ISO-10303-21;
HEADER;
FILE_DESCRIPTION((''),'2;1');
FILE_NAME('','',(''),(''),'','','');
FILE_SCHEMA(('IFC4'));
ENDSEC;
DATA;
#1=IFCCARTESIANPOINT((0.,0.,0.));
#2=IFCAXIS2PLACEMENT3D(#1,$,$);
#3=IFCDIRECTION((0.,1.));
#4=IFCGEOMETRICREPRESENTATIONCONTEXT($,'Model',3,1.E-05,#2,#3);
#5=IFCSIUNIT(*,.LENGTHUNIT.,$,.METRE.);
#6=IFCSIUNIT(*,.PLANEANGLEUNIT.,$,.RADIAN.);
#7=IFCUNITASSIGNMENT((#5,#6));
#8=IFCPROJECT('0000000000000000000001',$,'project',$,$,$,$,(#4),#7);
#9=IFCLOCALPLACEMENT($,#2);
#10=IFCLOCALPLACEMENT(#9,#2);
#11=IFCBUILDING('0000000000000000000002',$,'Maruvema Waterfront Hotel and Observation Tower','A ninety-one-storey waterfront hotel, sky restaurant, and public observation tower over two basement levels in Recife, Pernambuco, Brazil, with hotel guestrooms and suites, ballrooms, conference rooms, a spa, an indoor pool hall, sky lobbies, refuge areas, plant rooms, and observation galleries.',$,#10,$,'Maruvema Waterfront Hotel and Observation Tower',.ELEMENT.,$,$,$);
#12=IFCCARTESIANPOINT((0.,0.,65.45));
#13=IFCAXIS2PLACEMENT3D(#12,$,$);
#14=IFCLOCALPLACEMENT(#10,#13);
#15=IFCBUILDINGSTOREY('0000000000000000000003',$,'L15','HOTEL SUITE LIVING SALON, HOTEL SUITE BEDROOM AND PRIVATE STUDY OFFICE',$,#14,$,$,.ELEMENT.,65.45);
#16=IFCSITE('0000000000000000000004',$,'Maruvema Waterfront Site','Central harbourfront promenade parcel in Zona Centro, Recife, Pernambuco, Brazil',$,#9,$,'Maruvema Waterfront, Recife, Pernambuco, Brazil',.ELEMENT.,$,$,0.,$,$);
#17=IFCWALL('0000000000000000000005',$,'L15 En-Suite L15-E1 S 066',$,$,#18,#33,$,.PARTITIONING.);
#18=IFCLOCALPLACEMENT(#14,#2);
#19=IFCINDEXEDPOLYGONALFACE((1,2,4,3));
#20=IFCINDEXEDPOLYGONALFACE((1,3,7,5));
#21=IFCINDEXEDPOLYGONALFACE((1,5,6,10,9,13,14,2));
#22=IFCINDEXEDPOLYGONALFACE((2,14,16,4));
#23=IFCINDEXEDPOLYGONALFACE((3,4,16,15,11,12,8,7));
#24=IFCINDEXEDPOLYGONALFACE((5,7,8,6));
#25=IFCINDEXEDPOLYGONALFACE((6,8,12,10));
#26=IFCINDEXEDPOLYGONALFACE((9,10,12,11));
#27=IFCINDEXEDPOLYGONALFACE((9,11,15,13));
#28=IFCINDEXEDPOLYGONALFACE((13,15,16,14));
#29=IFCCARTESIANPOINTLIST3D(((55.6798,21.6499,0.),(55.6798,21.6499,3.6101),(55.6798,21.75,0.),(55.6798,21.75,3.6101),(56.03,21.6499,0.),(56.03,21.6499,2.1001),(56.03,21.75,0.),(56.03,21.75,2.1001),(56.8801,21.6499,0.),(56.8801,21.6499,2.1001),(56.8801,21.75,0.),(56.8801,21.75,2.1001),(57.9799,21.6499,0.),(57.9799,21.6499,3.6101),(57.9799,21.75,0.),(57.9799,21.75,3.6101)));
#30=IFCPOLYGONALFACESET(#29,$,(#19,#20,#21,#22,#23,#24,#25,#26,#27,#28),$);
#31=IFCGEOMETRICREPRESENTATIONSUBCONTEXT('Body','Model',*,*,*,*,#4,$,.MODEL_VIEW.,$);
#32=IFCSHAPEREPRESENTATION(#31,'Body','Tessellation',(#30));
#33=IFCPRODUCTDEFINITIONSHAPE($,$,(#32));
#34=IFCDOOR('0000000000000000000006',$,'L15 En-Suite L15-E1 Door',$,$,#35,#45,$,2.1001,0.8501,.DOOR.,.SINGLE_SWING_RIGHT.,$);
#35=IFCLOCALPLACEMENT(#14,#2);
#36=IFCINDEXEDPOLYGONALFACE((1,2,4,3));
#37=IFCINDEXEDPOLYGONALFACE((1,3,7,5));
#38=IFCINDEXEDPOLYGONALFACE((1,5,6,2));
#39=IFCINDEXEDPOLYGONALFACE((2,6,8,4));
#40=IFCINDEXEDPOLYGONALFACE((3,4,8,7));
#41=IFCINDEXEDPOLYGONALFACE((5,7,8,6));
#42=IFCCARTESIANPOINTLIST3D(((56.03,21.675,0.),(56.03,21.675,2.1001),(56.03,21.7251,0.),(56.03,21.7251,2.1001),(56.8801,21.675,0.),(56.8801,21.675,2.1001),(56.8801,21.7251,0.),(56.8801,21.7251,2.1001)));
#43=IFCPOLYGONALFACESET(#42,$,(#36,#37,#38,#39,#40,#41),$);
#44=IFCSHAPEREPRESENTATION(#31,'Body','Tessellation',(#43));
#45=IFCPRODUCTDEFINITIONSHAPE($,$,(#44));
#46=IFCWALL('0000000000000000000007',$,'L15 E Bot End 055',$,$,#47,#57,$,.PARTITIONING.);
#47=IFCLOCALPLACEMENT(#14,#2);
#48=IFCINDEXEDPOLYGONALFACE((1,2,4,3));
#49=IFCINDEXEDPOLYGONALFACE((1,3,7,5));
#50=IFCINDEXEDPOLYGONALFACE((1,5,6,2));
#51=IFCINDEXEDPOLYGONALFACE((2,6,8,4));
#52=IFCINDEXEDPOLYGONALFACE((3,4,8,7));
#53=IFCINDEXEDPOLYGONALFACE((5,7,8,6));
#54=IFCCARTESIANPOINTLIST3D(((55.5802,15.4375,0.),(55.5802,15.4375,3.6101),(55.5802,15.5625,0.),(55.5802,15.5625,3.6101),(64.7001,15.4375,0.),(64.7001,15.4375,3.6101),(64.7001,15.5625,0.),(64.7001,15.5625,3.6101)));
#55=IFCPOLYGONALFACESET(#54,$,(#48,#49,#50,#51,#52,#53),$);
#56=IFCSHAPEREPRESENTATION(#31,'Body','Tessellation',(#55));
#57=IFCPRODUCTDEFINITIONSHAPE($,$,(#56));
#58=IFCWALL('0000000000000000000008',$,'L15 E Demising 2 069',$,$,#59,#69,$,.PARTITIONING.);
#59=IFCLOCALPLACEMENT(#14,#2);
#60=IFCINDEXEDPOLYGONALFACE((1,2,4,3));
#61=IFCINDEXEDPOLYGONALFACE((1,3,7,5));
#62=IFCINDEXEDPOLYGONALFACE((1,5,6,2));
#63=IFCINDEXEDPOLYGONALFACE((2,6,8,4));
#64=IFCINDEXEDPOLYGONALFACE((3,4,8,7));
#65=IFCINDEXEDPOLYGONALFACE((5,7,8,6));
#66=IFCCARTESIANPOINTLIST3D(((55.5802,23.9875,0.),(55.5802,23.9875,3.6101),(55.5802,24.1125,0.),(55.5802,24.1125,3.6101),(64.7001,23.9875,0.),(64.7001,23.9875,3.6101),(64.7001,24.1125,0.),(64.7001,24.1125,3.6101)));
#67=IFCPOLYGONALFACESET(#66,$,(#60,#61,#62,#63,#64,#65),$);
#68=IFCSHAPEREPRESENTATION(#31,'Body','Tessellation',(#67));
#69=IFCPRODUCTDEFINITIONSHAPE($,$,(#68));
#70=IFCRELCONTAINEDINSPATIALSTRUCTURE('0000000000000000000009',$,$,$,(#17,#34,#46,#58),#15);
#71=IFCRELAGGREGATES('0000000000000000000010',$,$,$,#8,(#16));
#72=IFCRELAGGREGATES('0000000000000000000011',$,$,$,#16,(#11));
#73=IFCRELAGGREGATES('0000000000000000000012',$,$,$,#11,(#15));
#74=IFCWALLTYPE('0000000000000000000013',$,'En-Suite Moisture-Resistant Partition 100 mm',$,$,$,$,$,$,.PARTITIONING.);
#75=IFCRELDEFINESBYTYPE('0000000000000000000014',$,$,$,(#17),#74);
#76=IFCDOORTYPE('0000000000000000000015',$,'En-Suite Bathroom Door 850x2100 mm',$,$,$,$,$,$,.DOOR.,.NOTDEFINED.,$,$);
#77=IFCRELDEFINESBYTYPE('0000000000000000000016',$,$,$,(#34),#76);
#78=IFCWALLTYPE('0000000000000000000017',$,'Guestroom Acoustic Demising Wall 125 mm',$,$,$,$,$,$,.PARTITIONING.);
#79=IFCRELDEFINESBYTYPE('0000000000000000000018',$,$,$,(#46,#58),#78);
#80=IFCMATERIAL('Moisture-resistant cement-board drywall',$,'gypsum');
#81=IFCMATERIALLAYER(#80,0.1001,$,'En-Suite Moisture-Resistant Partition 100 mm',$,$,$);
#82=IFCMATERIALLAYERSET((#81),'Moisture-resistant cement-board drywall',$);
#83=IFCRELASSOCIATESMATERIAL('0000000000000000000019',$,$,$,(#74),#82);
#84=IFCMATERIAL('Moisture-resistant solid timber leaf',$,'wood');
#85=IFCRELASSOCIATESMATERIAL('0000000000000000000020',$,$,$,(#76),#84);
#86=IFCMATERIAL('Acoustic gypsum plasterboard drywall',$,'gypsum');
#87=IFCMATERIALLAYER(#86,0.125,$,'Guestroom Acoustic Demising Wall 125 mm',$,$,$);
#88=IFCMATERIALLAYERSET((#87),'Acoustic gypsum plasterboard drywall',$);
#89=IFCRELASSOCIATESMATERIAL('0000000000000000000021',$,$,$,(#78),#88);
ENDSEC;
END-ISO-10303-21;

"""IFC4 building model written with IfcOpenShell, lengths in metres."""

from ifc_helpers import new_model, si_unit, direction, frame, frame_2d, origin, place, context, subcontext, project, spatial, rectangle, extrude, material, layer, layer_set, type_object, element, fill, save


model = new_model("IFC4")

# Units and contexts
model_context = context("Model", 3, precision=1e-05, world=origin(), true_north=direction((0.0, 1.0)))
body_context = subcontext(model_context, "Body", "Model", "MODEL_VIEW")
ifc_project = project(units=[si_unit("LENGTHUNIT", "METRE"), si_unit("PLANEANGLEUNIT", "RADIAN")], contexts=[model_context])

# Site, building, storey
site_placement = place(None, origin())
site = spatial("IfcSite", under=ifc_project, at=site_placement, Name="Maruvema Waterfront Site", Description="Central harbourfront promenade parcel in Zona Centro, Recife, Pernambuco, Brazil", LongName="Maruvema Waterfront, Recife, Pernambuco, Brazil", CompositionType="ELEMENT", RefElevation=0.0)
building_placement = place(site_placement, origin())
building = spatial("IfcBuilding", under=site, at=building_placement, Name="Maruvema Waterfront Hotel and Observation Tower", Description="A ninety-one-storey waterfront hotel, sky restaurant, and public observation tower over two basement levels in Recife, Pernambuco, Brazil, with hotel guestrooms and suites, ballrooms, conference rooms, a spa, an indoor pool hall, sky lobbies, refuge areas, plant rooms, and observation galleries.", LongName="Maruvema Waterfront Hotel and Observation Tower", CompositionType="ELEMENT")
storey_placement = place(building_placement, frame((0.0, 0.0, 65.45)))
storey = spatial("IfcBuildingStorey", under=building, at=storey_placement, Name="L15", Description="HOTEL SUITE LIVING SALON, HOTEL SUITE BEDROOM AND PRIVATE STUDY OFFICE", CompositionType="ELEMENT", Elevation=65.45)

# Shared definitions
ifc_material_1 = material(Name="Moisture-resistant cement-board drywall", Category="gypsum")
ifc_layer_1 = layer(ifc_material_1, 0.1001, Name="En-Suite Moisture-Resistant Partition 100 mm")
ifc_layer_set_1 = layer_set([ifc_layer_1], Name="Moisture-resistant cement-board drywall")
wall_type_1 = type_object("IfcWallType", Name="En-Suite Moisture-Resistant Partition 100 mm", PredefinedType="PARTITIONING", material=ifc_layer_set_1)

# Wall, opening, door
wall_1_placement = place(storey_placement, frame((55.6799, 21.7, 0.0), z_axis=(0.0, 0.0, 1.0), x_axis=(1.0, 0.0, 0.0)))
wall_1 = element("IfcWall", 1, at=wall_1_placement, inside=storey, type_object=wall_type_1, Name="L15 En-Suite L15-E1 S 066", PredefinedType="PARTITIONING", context=body_context, shape_type="SweptSolid", body=[
    extrude(rectangle(XDim=2.3, YDim=0.1001, at=frame_2d((1.1499, 0.0))), origin(), (0.0, 0.0, 1.0), 3.6101),
])
opening_1_placement = place(wall_1_placement, frame((0.3501, 0.0, 0.0)))
opening_1 = element("IfcOpeningElement", 2, at=opening_1_placement, cuts=wall_1, PredefinedType="OPENING", context=body_context, shape_type="SweptSolid", body=[
    extrude(rectangle(XDim=0.8501, YDim=2.1001, at=frame_2d((0.425, 1.05))), frame((0.0, 0.0601, 0.0), z_axis=(0.0, -1.0, 0.0), x_axis=(1.0, 0.0, 0.0)), (0.0, 0.0, 1.0), 0.1201),
])
ifc_material_2 = material(Name="Moisture-resistant solid timber leaf", Category="wood")
door_type_1 = type_object("IfcDoorType", Name="En-Suite Bathroom Door 850x2100 mm", OperationType="NOTDEFINED", PredefinedType="DOOR", material=ifc_material_2)
door_1_placement = place(opening_1_placement, frame((0.8501, 0.0, 0.0), z_axis=(0.0, 0.0, 1.0), x_axis=(-1.0, 0.0, 0.0)))
door_1 = element("IfcDoor", 3, at=door_1_placement, inside=storey, type_object=door_type_1, Name="L15 En-Suite L15-E1 Door", OperationType="SINGLE_SWING_RIGHT", OverallHeight=2.1001, OverallWidth=0.8501, PredefinedType="DOOR", context=body_context, shape_type="SweptSolid", body=[
    extrude(rectangle(XDim=0.8501, YDim=2.1001, at=frame_2d((0.425, 1.05))), frame((0.0, 0.0249, 0.0), z_axis=(0.0, -1.0, 0.0), x_axis=(1.0, 0.0, 0.0)), (0.0, 0.0, 1.0), 0.05),
])
fill(opening_1, door_1)

# Walls
ifc_material_3 = material(Name="Acoustic gypsum plasterboard drywall", Category="gypsum")
ifc_layer_2 = layer(ifc_material_3, 0.125, Name="Guestroom Acoustic Demising Wall 125 mm")
ifc_layer_set_2 = layer_set([ifc_layer_2], Name="Acoustic gypsum plasterboard drywall")
wall_type_2 = type_object("IfcWallType", Name="Guestroom Acoustic Demising Wall 125 mm", PredefinedType="PARTITIONING", material=ifc_layer_set_2)
for number, where, z_axis, x_axis, name in (
    (4, (55.5801, 15.5, 0.0), (0.0, 0.0, 1.0), (1.0, 0.0, 0.0), "L15 E Bot End 055"),
    (5, (55.5801, 24.05, 0.0), (0.0, 0.0, 1.0), (1.0, 0.0, 0.0), "L15 E Demising 2 069"),
):
    element("IfcWall", number, at=place(storey_placement, frame(where, z_axis=z_axis, x_axis=x_axis)), inside=storey, type_object=wall_type_2, Name=name, PredefinedType="PARTITIONING", context=body_context, shape_type="SweptSolid", body=[
        extrude(rectangle(XDim=9.1199, YDim=0.125, at=frame_2d((4.5601, 0.0))), origin(), (0.0, 0.0, 1.0), 3.6101),
    ])

save(model, "model.ifc")
